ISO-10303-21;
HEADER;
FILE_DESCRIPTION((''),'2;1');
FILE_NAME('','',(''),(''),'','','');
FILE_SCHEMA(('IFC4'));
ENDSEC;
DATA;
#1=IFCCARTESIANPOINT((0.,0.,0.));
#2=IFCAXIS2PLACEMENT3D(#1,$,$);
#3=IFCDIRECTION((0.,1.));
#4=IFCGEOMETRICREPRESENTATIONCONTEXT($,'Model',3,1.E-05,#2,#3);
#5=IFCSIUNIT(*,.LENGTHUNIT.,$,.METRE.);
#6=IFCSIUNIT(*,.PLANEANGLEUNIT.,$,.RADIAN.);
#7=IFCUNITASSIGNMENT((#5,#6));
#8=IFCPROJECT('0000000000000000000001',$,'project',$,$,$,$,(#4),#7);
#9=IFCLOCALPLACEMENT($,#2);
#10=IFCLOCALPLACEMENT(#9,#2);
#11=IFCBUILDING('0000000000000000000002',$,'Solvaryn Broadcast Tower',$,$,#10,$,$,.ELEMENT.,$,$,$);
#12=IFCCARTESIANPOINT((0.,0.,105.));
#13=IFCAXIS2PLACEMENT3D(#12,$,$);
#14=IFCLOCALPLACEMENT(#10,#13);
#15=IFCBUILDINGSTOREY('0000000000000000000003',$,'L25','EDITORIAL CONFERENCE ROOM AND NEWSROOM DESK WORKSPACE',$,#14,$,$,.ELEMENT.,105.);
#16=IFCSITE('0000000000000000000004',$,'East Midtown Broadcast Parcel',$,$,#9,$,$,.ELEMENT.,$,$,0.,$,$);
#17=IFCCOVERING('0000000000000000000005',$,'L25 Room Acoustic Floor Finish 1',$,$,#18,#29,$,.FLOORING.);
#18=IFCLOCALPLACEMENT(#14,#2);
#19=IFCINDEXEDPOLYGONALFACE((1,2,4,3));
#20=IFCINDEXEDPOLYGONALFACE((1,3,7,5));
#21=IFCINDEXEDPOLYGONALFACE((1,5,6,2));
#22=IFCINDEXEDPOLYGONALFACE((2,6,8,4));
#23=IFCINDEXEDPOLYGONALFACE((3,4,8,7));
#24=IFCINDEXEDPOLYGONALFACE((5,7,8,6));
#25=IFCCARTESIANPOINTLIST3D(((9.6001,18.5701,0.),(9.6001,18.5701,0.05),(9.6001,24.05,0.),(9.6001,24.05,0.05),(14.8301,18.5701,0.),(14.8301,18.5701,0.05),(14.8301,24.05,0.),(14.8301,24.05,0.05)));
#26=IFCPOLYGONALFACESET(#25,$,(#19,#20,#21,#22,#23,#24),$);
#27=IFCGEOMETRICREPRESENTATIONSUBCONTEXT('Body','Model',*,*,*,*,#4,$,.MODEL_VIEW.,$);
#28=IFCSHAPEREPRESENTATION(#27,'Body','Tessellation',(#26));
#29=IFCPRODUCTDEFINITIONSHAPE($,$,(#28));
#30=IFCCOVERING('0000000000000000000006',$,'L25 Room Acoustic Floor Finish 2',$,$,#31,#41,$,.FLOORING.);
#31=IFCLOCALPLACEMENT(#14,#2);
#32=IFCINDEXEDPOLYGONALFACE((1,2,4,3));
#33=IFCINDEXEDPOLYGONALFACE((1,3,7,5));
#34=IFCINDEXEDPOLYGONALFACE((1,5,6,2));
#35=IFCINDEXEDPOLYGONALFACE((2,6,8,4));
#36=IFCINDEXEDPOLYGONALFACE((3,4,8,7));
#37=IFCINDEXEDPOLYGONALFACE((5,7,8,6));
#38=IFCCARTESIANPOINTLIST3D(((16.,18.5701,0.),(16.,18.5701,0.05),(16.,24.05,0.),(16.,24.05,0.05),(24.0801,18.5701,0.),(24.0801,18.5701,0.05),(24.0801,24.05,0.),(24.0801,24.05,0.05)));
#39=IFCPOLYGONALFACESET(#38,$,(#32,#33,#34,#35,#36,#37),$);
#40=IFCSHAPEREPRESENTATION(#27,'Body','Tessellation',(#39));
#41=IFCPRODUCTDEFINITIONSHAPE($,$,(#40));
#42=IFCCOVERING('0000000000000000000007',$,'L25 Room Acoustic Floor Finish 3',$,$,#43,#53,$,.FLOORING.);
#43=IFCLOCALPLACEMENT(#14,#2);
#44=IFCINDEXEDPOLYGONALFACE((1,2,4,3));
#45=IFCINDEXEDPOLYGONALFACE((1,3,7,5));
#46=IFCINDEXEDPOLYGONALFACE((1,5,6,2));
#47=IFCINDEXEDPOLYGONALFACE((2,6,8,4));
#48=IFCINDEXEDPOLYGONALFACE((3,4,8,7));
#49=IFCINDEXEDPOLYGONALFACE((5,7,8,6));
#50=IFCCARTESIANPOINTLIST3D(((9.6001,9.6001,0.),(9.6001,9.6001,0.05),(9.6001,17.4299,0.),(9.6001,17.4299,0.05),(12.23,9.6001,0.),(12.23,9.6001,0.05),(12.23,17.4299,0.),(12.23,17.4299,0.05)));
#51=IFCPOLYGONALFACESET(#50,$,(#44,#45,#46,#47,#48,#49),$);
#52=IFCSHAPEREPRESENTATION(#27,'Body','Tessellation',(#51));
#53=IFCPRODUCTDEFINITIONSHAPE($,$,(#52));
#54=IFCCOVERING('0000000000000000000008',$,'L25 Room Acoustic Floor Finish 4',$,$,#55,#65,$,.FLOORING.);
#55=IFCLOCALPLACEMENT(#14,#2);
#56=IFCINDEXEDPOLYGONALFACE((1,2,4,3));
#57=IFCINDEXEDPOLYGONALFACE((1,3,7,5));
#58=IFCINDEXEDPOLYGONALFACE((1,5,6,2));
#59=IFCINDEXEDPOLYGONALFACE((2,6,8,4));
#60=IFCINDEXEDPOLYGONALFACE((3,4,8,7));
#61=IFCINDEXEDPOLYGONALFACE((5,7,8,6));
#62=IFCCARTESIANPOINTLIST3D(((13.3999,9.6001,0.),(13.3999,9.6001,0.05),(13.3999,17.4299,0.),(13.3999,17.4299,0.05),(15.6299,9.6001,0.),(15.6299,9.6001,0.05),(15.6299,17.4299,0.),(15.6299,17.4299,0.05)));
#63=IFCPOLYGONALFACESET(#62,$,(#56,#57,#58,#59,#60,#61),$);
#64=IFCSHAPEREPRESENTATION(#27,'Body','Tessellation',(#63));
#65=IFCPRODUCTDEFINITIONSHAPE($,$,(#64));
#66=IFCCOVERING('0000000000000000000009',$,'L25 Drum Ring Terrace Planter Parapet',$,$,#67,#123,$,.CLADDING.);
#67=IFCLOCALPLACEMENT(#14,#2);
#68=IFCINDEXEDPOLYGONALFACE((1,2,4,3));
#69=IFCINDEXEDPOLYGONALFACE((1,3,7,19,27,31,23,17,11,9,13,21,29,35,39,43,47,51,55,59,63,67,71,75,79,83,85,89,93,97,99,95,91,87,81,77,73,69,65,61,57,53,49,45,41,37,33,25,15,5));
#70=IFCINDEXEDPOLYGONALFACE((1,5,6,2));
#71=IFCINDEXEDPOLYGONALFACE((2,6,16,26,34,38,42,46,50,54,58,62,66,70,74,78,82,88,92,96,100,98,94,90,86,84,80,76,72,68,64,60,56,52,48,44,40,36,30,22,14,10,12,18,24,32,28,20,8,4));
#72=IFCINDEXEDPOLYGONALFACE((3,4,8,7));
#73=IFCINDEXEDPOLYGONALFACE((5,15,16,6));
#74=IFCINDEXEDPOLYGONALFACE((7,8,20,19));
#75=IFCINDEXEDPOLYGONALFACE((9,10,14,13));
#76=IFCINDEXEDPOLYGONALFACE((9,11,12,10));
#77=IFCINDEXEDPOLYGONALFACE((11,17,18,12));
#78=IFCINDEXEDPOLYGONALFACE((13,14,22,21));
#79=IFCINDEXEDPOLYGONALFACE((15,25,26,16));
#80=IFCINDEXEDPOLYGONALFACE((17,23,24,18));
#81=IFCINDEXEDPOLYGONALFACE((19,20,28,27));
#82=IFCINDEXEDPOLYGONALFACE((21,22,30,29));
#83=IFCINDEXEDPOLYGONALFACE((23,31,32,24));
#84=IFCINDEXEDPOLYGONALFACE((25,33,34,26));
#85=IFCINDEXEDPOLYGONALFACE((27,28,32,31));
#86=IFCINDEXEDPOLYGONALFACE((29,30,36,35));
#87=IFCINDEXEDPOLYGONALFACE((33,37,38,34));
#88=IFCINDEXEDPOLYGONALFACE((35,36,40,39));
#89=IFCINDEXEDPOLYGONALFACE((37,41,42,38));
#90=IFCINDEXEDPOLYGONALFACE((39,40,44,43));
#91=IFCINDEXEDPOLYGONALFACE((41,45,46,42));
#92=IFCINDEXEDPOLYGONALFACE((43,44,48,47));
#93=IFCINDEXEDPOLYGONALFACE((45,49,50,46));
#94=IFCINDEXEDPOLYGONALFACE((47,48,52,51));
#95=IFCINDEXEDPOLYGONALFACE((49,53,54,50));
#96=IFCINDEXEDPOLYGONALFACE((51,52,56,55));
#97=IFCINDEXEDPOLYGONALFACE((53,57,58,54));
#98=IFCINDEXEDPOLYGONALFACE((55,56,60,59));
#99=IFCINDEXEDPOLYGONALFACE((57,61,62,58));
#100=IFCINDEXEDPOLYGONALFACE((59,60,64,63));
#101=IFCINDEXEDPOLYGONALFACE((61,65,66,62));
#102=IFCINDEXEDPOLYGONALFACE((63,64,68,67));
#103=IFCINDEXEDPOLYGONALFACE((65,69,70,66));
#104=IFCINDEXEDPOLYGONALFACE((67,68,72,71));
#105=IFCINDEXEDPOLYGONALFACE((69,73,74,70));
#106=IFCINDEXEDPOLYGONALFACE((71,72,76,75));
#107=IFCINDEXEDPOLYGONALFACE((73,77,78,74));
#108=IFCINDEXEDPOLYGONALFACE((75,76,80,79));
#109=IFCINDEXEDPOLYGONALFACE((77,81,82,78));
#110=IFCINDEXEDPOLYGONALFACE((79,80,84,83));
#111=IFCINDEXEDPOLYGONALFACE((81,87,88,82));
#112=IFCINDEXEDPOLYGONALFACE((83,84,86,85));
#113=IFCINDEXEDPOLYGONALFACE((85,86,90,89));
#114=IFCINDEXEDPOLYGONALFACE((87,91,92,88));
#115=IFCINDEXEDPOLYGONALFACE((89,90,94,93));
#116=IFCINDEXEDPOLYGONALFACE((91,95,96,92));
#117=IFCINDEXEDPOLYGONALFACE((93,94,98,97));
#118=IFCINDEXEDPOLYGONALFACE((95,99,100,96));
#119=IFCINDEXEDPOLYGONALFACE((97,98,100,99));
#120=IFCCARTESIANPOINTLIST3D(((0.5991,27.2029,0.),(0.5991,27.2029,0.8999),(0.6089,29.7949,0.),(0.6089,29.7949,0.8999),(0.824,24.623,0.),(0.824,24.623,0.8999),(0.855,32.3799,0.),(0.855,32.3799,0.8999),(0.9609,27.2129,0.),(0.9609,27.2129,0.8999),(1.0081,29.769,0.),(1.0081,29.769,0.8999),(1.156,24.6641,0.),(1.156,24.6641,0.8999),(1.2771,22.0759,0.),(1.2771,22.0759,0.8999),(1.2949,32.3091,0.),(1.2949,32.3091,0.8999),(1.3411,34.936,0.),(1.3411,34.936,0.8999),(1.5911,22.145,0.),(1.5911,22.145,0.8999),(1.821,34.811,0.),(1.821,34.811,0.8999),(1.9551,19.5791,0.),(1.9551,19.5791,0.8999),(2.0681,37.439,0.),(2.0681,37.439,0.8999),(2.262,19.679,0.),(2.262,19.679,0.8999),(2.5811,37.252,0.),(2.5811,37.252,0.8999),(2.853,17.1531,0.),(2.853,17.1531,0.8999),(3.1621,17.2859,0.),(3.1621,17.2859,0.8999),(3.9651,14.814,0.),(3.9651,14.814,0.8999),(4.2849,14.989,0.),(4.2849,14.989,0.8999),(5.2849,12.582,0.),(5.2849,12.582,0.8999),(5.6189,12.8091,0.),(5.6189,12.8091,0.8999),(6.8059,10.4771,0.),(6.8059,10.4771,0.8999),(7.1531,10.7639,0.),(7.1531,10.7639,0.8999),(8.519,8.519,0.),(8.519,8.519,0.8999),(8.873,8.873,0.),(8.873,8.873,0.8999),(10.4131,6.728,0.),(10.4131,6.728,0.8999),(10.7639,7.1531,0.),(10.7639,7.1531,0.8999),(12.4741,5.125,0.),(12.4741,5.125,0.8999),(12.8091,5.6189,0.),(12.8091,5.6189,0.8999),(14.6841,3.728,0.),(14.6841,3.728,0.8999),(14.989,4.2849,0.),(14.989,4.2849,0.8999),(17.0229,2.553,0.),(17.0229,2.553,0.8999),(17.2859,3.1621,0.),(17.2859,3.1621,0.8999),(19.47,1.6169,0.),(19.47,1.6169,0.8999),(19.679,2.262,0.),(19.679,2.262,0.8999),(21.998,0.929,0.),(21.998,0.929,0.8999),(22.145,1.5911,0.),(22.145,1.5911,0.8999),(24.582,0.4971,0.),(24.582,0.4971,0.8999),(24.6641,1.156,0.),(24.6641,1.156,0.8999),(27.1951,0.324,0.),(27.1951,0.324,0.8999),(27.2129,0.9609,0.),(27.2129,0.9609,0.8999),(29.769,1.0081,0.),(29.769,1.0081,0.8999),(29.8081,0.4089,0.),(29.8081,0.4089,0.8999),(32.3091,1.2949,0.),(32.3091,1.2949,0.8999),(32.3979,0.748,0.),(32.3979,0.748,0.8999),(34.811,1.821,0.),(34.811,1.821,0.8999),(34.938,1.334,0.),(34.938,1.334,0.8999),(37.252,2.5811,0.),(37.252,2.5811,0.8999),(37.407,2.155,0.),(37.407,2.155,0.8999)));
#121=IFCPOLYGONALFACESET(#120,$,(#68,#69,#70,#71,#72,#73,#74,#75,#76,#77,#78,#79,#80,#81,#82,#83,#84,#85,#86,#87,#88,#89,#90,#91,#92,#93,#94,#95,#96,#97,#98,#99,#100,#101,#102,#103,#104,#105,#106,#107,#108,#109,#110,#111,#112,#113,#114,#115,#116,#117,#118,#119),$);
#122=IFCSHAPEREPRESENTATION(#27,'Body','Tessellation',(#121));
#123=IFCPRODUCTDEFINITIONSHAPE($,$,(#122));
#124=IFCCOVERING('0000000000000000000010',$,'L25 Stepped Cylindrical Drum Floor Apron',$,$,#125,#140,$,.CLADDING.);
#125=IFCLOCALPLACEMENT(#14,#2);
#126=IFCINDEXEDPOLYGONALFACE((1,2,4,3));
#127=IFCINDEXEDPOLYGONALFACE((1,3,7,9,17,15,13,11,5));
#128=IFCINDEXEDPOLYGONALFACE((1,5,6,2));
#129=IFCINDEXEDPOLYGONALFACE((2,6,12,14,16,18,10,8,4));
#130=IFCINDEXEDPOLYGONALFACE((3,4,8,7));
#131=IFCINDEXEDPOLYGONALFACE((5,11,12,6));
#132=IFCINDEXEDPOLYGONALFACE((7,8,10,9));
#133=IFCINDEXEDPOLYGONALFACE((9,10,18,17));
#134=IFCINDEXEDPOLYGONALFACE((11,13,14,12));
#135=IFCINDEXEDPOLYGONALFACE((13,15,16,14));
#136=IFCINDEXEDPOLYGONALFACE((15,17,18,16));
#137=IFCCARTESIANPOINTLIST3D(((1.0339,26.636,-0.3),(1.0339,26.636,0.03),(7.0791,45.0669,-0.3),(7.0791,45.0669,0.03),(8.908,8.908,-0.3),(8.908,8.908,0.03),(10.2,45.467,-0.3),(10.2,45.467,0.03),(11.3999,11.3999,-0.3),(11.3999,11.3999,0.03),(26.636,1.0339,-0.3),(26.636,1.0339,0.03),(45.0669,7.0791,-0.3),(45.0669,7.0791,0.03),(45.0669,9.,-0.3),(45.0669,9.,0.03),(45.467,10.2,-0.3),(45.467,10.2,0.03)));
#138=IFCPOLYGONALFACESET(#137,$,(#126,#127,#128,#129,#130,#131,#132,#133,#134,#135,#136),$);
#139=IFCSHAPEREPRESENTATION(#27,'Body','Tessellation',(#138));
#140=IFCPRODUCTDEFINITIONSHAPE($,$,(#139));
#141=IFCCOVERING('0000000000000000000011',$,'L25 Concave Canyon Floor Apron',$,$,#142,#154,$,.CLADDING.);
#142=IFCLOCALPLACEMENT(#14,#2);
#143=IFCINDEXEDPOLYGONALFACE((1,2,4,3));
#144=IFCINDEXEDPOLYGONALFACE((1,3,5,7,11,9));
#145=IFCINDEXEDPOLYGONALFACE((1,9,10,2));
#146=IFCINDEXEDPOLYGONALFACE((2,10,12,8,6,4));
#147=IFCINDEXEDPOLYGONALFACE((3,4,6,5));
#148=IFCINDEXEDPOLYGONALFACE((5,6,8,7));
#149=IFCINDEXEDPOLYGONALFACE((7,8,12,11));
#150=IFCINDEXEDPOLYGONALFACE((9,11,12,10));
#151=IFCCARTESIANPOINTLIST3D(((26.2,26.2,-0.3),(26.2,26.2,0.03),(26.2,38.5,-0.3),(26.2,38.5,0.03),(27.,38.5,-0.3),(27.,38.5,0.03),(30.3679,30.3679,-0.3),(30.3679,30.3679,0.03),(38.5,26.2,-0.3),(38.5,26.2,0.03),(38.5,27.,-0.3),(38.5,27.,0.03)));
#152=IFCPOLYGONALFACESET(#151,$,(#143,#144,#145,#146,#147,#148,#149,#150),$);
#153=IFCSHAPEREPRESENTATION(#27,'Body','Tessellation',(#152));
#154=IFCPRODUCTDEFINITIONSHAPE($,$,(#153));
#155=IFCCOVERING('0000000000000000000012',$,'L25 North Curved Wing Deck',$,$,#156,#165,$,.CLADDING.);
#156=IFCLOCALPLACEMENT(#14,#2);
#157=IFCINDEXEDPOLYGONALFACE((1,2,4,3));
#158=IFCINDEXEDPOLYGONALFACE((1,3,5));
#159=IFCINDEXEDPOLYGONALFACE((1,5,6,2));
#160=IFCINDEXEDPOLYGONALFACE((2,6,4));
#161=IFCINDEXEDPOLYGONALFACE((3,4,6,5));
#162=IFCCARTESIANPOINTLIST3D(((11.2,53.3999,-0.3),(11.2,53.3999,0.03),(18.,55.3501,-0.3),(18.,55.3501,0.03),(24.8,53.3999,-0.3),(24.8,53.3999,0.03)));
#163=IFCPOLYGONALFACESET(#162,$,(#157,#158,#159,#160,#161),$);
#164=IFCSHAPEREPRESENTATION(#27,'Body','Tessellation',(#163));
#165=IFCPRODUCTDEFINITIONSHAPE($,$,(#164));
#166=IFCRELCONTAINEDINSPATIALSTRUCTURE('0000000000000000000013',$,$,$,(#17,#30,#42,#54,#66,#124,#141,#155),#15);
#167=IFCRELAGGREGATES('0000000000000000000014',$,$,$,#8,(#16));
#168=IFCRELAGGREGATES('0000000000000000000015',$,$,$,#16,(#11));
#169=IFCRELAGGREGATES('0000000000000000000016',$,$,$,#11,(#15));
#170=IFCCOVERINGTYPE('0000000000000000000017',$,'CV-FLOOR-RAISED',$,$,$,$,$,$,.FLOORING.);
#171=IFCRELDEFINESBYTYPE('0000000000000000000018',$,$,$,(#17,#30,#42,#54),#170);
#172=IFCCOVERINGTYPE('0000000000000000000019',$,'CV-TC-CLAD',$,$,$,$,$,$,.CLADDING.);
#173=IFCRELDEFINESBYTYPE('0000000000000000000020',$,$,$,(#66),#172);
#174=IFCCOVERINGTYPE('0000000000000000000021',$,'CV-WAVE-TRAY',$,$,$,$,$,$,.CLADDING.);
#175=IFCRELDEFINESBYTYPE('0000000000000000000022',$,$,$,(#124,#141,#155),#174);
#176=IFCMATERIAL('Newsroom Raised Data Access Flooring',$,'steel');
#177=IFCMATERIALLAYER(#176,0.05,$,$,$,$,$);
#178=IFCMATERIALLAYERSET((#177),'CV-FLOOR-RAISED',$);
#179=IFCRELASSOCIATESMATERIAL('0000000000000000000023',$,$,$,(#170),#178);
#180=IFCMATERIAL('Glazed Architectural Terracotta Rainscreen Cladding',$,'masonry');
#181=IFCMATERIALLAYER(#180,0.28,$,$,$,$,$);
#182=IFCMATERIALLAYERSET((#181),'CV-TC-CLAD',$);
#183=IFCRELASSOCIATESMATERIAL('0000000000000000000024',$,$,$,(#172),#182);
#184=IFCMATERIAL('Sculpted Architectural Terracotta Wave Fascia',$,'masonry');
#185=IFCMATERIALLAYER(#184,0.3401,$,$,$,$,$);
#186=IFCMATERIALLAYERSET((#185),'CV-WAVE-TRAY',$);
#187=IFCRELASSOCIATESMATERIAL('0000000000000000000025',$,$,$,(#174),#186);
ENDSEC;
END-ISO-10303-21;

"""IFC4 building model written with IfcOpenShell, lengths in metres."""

from ifc_helpers import new_model, si_unit, direction, frame, origin, place, context, subcontext, project, spatial, polyline, outline, extrude, material, layer, layer_set, type_object, element, save


model = new_model("IFC4")

# Units and contexts
model_context = context("Model", 3, precision=1e-05, world=origin(), true_north=direction((0.0, 1.0)))
body_context = subcontext(model_context, "Body", "Model", "MODEL_VIEW")
ifc_project = project(units=[si_unit("LENGTHUNIT", "METRE"), si_unit("PLANEANGLEUNIT", "RADIAN")], contexts=[model_context])

# Site, building, storey
site_placement = place(None, origin())
site = spatial("IfcSite", under=ifc_project, at=site_placement, Name="East Midtown Broadcast Parcel", CompositionType="ELEMENT", RefElevation=0.0)
building_placement = place(site_placement, origin())
building = spatial("IfcBuilding", under=site, at=building_placement, Name="Solvaryn Broadcast Tower", CompositionType="ELEMENT")
storey_placement = place(building_placement, frame((0.0, 0.0, 105.0)))
storey = spatial("IfcBuildingStorey", under=building, at=storey_placement, Name="L25", Description="EDITORIAL CONFERENCE ROOM AND NEWSROOM DESK WORKSPACE", CompositionType="ELEMENT", Elevation=105.0)

# Coverings
ifc_material_1 = material(Name="Newsroom Raised Data Access Flooring", Category="steel")
ifc_layer_1 = layer(ifc_material_1, 0.05)
ifc_layer_set_1 = layer_set([ifc_layer_1], Name="CV-FLOOR-RAISED")
covering_type_1 = type_object("IfcCoveringType", Name="CV-FLOOR-RAISED", PredefinedType="FLOORING", material=ifc_layer_set_1)
covering_1_placement = place(storey_placement, origin())
element("IfcCovering", 1, at=covering_1_placement, inside=storey, type_object=covering_type_1, Name="L25 Room Acoustic Floor Finish 1", PredefinedType="FLOORING", context=body_context, shape_type="SweptSolid", body=[
    extrude(outline(polyline([(9.6001, 18.5701), (14.8301, 18.5701), (14.8301, 24.05), (9.6001, 24.05), (9.6001, 18.5701)])), origin(), (0.0, 0.0, 1.0), 0.05),
])
covering_2_placement = place(storey_placement, origin())
element("IfcCovering", 2, at=covering_2_placement, inside=storey, type_object=covering_type_1, Name="L25 Room Acoustic Floor Finish 2", PredefinedType="FLOORING", context=body_context, shape_type="SweptSolid", body=[
    extrude(outline(polyline([(16.0, 18.5701), (24.0801, 18.5701), (24.0801, 24.05), (16.0, 24.05), (16.0, 18.5701)])), origin(), (0.0, 0.0, 1.0), 0.05),
])
covering_3_placement = place(storey_placement, origin())
element("IfcCovering", 3, at=covering_3_placement, inside=storey, type_object=covering_type_1, Name="L25 Room Acoustic Floor Finish 3", PredefinedType="FLOORING", context=body_context, shape_type="SweptSolid", body=[
    extrude(outline(polyline([(9.6001, 9.6001), (12.23, 9.6001), (12.23, 17.4299), (9.6001, 17.4299), (9.6001, 9.6001)])), origin(), (0.0, 0.0, 1.0), 0.05),
])
covering_4_placement = place(storey_placement, origin())
element("IfcCovering", 4, at=covering_4_placement, inside=storey, type_object=covering_type_1, Name="L25 Room Acoustic Floor Finish 4", PredefinedType="FLOORING", context=body_context, shape_type="SweptSolid", body=[
    extrude(outline(polyline([(13.3999, 9.6001), (15.6299, 9.6001), (15.6299, 17.4299), (13.3999, 17.4299), (13.3999, 9.6001)])), origin(), (0.0, 0.0, 1.0), 0.05),
])
ifc_material_2 = material(Name="Glazed Architectural Terracotta Rainscreen Cladding", Category="masonry")
ifc_layer_2 = layer(ifc_material_2, 0.28)
ifc_layer_set_2 = layer_set([ifc_layer_2], Name="CV-TC-CLAD")
covering_type_2 = type_object("IfcCoveringType", Name="CV-TC-CLAD", PredefinedType="CLADDING", material=ifc_layer_set_2)
covering_5_placement = place(storey_placement, origin())
element("IfcCovering", 5, at=covering_5_placement, inside=storey, type_object=covering_type_2, Name="L25 Drum Ring Terrace Planter Parapet", PredefinedType="CLADDING", context=body_context, shape_type="SweptSolid", body=[
    extrude(outline(polyline([(2.0681, 37.439), (1.3411, 34.936), (0.855, 32.3799), (0.6089, 29.7949), (0.5991, 27.2029), (0.824, 24.623), (1.2771, 22.0759), (1.9551, 19.5791), (2.853, 17.1531), (3.9651, 14.814), (5.2849, 12.582), (6.8059, 10.4771), (8.519, 8.519), (10.4131, 6.728), (12.4741, 5.125), (14.6841, 3.728), (17.0229, 2.553), (19.47, 1.6169), (21.998, 0.929), (24.582, 0.4971), (27.1951, 0.324), (29.8081, 0.4089), (32.3979, 0.748), (34.938, 1.334), (37.407, 2.155), (37.252, 2.5811), (34.811, 1.821), (32.3091, 1.2949), (29.769, 1.0081), (27.2129, 0.9609), (24.6641, 1.156), (22.145, 1.5911), (19.679, 2.262), (17.2859, 3.1621), (14.989, 4.2849), (12.8091, 5.6189), (10.7639, 7.1531), (8.873, 8.873), (7.1531, 10.7639), (5.6189, 12.8091), (4.2849, 14.989), (3.1621, 17.2859), (2.262, 19.679), (1.5911, 22.145), (1.156, 24.6641), (0.9609, 27.2129), (1.0081, 29.769), (1.2949, 32.3091), (1.821, 34.811), (2.5811, 37.252), (2.0681, 37.439)])), origin(), (0.0, 0.0, 1.0), 0.8999),
])
ifc_material_3 = material(Name="Sculpted Architectural Terracotta Wave Fascia", Category="masonry")
ifc_layer_3 = layer(ifc_material_3, 0.3401)
ifc_layer_set_3 = layer_set([ifc_layer_3], Name="CV-WAVE-TRAY")
covering_type_3 = type_object("IfcCoveringType", Name="CV-WAVE-TRAY", PredefinedType="CLADDING", material=ifc_layer_set_3)
covering_6_placement = place(storey_placement, frame((0.0, 0.0, -0.3)))
element("IfcCovering", 6, at=covering_6_placement, inside=storey, type_object=covering_type_3, Name="L25 Stepped Cylindrical Drum Floor Apron", PredefinedType="CLADDING", context=body_context, shape_type="SweptSolid", body=[
    extrude(outline(polyline([(10.2, 45.467), (7.0791, 45.0669), (1.0339, 26.636), (8.908, 8.908), (26.636, 1.0339), (45.0669, 7.0791), (45.0669, 9.0), (45.467, 10.2), (11.3999, 11.3999), (10.2, 45.467)])), origin(), (0.0, 0.0, 1.0), 0.3301),
])
covering_7_placement = place(storey_placement, frame((0.0, 0.0, -0.3)))
element("IfcCovering", 7, at=covering_7_placement, inside=storey, type_object=covering_type_3, Name="L25 Concave Canyon Floor Apron", PredefinedType="CLADDING", context=body_context, shape_type="SweptSolid", body=[
    extrude(outline(polyline([(26.2, 26.2), (38.5, 26.2), (38.5, 27.0), (30.3679, 30.3679), (27.0, 38.5), (26.2, 38.5), (26.2, 26.2)])), origin(), (0.0, 0.0, 1.0), 0.3301),
])
covering_8_placement = place(storey_placement, frame((0.0, 0.0, -0.3)))
element("IfcCovering", 8, at=covering_8_placement, inside=storey, type_object=covering_type_3, Name="L25 North Curved Wing Deck", PredefinedType="CLADDING", context=body_context, shape_type="SweptSolid", body=[
    extrude(outline(polyline([(11.2, 53.3999), (24.8, 53.3999), (18.0, 55.3501), (11.2, 53.3999)])), origin(), (0.0, 0.0, 1.0), 0.3301),
])

save(model, "model.ifc")
